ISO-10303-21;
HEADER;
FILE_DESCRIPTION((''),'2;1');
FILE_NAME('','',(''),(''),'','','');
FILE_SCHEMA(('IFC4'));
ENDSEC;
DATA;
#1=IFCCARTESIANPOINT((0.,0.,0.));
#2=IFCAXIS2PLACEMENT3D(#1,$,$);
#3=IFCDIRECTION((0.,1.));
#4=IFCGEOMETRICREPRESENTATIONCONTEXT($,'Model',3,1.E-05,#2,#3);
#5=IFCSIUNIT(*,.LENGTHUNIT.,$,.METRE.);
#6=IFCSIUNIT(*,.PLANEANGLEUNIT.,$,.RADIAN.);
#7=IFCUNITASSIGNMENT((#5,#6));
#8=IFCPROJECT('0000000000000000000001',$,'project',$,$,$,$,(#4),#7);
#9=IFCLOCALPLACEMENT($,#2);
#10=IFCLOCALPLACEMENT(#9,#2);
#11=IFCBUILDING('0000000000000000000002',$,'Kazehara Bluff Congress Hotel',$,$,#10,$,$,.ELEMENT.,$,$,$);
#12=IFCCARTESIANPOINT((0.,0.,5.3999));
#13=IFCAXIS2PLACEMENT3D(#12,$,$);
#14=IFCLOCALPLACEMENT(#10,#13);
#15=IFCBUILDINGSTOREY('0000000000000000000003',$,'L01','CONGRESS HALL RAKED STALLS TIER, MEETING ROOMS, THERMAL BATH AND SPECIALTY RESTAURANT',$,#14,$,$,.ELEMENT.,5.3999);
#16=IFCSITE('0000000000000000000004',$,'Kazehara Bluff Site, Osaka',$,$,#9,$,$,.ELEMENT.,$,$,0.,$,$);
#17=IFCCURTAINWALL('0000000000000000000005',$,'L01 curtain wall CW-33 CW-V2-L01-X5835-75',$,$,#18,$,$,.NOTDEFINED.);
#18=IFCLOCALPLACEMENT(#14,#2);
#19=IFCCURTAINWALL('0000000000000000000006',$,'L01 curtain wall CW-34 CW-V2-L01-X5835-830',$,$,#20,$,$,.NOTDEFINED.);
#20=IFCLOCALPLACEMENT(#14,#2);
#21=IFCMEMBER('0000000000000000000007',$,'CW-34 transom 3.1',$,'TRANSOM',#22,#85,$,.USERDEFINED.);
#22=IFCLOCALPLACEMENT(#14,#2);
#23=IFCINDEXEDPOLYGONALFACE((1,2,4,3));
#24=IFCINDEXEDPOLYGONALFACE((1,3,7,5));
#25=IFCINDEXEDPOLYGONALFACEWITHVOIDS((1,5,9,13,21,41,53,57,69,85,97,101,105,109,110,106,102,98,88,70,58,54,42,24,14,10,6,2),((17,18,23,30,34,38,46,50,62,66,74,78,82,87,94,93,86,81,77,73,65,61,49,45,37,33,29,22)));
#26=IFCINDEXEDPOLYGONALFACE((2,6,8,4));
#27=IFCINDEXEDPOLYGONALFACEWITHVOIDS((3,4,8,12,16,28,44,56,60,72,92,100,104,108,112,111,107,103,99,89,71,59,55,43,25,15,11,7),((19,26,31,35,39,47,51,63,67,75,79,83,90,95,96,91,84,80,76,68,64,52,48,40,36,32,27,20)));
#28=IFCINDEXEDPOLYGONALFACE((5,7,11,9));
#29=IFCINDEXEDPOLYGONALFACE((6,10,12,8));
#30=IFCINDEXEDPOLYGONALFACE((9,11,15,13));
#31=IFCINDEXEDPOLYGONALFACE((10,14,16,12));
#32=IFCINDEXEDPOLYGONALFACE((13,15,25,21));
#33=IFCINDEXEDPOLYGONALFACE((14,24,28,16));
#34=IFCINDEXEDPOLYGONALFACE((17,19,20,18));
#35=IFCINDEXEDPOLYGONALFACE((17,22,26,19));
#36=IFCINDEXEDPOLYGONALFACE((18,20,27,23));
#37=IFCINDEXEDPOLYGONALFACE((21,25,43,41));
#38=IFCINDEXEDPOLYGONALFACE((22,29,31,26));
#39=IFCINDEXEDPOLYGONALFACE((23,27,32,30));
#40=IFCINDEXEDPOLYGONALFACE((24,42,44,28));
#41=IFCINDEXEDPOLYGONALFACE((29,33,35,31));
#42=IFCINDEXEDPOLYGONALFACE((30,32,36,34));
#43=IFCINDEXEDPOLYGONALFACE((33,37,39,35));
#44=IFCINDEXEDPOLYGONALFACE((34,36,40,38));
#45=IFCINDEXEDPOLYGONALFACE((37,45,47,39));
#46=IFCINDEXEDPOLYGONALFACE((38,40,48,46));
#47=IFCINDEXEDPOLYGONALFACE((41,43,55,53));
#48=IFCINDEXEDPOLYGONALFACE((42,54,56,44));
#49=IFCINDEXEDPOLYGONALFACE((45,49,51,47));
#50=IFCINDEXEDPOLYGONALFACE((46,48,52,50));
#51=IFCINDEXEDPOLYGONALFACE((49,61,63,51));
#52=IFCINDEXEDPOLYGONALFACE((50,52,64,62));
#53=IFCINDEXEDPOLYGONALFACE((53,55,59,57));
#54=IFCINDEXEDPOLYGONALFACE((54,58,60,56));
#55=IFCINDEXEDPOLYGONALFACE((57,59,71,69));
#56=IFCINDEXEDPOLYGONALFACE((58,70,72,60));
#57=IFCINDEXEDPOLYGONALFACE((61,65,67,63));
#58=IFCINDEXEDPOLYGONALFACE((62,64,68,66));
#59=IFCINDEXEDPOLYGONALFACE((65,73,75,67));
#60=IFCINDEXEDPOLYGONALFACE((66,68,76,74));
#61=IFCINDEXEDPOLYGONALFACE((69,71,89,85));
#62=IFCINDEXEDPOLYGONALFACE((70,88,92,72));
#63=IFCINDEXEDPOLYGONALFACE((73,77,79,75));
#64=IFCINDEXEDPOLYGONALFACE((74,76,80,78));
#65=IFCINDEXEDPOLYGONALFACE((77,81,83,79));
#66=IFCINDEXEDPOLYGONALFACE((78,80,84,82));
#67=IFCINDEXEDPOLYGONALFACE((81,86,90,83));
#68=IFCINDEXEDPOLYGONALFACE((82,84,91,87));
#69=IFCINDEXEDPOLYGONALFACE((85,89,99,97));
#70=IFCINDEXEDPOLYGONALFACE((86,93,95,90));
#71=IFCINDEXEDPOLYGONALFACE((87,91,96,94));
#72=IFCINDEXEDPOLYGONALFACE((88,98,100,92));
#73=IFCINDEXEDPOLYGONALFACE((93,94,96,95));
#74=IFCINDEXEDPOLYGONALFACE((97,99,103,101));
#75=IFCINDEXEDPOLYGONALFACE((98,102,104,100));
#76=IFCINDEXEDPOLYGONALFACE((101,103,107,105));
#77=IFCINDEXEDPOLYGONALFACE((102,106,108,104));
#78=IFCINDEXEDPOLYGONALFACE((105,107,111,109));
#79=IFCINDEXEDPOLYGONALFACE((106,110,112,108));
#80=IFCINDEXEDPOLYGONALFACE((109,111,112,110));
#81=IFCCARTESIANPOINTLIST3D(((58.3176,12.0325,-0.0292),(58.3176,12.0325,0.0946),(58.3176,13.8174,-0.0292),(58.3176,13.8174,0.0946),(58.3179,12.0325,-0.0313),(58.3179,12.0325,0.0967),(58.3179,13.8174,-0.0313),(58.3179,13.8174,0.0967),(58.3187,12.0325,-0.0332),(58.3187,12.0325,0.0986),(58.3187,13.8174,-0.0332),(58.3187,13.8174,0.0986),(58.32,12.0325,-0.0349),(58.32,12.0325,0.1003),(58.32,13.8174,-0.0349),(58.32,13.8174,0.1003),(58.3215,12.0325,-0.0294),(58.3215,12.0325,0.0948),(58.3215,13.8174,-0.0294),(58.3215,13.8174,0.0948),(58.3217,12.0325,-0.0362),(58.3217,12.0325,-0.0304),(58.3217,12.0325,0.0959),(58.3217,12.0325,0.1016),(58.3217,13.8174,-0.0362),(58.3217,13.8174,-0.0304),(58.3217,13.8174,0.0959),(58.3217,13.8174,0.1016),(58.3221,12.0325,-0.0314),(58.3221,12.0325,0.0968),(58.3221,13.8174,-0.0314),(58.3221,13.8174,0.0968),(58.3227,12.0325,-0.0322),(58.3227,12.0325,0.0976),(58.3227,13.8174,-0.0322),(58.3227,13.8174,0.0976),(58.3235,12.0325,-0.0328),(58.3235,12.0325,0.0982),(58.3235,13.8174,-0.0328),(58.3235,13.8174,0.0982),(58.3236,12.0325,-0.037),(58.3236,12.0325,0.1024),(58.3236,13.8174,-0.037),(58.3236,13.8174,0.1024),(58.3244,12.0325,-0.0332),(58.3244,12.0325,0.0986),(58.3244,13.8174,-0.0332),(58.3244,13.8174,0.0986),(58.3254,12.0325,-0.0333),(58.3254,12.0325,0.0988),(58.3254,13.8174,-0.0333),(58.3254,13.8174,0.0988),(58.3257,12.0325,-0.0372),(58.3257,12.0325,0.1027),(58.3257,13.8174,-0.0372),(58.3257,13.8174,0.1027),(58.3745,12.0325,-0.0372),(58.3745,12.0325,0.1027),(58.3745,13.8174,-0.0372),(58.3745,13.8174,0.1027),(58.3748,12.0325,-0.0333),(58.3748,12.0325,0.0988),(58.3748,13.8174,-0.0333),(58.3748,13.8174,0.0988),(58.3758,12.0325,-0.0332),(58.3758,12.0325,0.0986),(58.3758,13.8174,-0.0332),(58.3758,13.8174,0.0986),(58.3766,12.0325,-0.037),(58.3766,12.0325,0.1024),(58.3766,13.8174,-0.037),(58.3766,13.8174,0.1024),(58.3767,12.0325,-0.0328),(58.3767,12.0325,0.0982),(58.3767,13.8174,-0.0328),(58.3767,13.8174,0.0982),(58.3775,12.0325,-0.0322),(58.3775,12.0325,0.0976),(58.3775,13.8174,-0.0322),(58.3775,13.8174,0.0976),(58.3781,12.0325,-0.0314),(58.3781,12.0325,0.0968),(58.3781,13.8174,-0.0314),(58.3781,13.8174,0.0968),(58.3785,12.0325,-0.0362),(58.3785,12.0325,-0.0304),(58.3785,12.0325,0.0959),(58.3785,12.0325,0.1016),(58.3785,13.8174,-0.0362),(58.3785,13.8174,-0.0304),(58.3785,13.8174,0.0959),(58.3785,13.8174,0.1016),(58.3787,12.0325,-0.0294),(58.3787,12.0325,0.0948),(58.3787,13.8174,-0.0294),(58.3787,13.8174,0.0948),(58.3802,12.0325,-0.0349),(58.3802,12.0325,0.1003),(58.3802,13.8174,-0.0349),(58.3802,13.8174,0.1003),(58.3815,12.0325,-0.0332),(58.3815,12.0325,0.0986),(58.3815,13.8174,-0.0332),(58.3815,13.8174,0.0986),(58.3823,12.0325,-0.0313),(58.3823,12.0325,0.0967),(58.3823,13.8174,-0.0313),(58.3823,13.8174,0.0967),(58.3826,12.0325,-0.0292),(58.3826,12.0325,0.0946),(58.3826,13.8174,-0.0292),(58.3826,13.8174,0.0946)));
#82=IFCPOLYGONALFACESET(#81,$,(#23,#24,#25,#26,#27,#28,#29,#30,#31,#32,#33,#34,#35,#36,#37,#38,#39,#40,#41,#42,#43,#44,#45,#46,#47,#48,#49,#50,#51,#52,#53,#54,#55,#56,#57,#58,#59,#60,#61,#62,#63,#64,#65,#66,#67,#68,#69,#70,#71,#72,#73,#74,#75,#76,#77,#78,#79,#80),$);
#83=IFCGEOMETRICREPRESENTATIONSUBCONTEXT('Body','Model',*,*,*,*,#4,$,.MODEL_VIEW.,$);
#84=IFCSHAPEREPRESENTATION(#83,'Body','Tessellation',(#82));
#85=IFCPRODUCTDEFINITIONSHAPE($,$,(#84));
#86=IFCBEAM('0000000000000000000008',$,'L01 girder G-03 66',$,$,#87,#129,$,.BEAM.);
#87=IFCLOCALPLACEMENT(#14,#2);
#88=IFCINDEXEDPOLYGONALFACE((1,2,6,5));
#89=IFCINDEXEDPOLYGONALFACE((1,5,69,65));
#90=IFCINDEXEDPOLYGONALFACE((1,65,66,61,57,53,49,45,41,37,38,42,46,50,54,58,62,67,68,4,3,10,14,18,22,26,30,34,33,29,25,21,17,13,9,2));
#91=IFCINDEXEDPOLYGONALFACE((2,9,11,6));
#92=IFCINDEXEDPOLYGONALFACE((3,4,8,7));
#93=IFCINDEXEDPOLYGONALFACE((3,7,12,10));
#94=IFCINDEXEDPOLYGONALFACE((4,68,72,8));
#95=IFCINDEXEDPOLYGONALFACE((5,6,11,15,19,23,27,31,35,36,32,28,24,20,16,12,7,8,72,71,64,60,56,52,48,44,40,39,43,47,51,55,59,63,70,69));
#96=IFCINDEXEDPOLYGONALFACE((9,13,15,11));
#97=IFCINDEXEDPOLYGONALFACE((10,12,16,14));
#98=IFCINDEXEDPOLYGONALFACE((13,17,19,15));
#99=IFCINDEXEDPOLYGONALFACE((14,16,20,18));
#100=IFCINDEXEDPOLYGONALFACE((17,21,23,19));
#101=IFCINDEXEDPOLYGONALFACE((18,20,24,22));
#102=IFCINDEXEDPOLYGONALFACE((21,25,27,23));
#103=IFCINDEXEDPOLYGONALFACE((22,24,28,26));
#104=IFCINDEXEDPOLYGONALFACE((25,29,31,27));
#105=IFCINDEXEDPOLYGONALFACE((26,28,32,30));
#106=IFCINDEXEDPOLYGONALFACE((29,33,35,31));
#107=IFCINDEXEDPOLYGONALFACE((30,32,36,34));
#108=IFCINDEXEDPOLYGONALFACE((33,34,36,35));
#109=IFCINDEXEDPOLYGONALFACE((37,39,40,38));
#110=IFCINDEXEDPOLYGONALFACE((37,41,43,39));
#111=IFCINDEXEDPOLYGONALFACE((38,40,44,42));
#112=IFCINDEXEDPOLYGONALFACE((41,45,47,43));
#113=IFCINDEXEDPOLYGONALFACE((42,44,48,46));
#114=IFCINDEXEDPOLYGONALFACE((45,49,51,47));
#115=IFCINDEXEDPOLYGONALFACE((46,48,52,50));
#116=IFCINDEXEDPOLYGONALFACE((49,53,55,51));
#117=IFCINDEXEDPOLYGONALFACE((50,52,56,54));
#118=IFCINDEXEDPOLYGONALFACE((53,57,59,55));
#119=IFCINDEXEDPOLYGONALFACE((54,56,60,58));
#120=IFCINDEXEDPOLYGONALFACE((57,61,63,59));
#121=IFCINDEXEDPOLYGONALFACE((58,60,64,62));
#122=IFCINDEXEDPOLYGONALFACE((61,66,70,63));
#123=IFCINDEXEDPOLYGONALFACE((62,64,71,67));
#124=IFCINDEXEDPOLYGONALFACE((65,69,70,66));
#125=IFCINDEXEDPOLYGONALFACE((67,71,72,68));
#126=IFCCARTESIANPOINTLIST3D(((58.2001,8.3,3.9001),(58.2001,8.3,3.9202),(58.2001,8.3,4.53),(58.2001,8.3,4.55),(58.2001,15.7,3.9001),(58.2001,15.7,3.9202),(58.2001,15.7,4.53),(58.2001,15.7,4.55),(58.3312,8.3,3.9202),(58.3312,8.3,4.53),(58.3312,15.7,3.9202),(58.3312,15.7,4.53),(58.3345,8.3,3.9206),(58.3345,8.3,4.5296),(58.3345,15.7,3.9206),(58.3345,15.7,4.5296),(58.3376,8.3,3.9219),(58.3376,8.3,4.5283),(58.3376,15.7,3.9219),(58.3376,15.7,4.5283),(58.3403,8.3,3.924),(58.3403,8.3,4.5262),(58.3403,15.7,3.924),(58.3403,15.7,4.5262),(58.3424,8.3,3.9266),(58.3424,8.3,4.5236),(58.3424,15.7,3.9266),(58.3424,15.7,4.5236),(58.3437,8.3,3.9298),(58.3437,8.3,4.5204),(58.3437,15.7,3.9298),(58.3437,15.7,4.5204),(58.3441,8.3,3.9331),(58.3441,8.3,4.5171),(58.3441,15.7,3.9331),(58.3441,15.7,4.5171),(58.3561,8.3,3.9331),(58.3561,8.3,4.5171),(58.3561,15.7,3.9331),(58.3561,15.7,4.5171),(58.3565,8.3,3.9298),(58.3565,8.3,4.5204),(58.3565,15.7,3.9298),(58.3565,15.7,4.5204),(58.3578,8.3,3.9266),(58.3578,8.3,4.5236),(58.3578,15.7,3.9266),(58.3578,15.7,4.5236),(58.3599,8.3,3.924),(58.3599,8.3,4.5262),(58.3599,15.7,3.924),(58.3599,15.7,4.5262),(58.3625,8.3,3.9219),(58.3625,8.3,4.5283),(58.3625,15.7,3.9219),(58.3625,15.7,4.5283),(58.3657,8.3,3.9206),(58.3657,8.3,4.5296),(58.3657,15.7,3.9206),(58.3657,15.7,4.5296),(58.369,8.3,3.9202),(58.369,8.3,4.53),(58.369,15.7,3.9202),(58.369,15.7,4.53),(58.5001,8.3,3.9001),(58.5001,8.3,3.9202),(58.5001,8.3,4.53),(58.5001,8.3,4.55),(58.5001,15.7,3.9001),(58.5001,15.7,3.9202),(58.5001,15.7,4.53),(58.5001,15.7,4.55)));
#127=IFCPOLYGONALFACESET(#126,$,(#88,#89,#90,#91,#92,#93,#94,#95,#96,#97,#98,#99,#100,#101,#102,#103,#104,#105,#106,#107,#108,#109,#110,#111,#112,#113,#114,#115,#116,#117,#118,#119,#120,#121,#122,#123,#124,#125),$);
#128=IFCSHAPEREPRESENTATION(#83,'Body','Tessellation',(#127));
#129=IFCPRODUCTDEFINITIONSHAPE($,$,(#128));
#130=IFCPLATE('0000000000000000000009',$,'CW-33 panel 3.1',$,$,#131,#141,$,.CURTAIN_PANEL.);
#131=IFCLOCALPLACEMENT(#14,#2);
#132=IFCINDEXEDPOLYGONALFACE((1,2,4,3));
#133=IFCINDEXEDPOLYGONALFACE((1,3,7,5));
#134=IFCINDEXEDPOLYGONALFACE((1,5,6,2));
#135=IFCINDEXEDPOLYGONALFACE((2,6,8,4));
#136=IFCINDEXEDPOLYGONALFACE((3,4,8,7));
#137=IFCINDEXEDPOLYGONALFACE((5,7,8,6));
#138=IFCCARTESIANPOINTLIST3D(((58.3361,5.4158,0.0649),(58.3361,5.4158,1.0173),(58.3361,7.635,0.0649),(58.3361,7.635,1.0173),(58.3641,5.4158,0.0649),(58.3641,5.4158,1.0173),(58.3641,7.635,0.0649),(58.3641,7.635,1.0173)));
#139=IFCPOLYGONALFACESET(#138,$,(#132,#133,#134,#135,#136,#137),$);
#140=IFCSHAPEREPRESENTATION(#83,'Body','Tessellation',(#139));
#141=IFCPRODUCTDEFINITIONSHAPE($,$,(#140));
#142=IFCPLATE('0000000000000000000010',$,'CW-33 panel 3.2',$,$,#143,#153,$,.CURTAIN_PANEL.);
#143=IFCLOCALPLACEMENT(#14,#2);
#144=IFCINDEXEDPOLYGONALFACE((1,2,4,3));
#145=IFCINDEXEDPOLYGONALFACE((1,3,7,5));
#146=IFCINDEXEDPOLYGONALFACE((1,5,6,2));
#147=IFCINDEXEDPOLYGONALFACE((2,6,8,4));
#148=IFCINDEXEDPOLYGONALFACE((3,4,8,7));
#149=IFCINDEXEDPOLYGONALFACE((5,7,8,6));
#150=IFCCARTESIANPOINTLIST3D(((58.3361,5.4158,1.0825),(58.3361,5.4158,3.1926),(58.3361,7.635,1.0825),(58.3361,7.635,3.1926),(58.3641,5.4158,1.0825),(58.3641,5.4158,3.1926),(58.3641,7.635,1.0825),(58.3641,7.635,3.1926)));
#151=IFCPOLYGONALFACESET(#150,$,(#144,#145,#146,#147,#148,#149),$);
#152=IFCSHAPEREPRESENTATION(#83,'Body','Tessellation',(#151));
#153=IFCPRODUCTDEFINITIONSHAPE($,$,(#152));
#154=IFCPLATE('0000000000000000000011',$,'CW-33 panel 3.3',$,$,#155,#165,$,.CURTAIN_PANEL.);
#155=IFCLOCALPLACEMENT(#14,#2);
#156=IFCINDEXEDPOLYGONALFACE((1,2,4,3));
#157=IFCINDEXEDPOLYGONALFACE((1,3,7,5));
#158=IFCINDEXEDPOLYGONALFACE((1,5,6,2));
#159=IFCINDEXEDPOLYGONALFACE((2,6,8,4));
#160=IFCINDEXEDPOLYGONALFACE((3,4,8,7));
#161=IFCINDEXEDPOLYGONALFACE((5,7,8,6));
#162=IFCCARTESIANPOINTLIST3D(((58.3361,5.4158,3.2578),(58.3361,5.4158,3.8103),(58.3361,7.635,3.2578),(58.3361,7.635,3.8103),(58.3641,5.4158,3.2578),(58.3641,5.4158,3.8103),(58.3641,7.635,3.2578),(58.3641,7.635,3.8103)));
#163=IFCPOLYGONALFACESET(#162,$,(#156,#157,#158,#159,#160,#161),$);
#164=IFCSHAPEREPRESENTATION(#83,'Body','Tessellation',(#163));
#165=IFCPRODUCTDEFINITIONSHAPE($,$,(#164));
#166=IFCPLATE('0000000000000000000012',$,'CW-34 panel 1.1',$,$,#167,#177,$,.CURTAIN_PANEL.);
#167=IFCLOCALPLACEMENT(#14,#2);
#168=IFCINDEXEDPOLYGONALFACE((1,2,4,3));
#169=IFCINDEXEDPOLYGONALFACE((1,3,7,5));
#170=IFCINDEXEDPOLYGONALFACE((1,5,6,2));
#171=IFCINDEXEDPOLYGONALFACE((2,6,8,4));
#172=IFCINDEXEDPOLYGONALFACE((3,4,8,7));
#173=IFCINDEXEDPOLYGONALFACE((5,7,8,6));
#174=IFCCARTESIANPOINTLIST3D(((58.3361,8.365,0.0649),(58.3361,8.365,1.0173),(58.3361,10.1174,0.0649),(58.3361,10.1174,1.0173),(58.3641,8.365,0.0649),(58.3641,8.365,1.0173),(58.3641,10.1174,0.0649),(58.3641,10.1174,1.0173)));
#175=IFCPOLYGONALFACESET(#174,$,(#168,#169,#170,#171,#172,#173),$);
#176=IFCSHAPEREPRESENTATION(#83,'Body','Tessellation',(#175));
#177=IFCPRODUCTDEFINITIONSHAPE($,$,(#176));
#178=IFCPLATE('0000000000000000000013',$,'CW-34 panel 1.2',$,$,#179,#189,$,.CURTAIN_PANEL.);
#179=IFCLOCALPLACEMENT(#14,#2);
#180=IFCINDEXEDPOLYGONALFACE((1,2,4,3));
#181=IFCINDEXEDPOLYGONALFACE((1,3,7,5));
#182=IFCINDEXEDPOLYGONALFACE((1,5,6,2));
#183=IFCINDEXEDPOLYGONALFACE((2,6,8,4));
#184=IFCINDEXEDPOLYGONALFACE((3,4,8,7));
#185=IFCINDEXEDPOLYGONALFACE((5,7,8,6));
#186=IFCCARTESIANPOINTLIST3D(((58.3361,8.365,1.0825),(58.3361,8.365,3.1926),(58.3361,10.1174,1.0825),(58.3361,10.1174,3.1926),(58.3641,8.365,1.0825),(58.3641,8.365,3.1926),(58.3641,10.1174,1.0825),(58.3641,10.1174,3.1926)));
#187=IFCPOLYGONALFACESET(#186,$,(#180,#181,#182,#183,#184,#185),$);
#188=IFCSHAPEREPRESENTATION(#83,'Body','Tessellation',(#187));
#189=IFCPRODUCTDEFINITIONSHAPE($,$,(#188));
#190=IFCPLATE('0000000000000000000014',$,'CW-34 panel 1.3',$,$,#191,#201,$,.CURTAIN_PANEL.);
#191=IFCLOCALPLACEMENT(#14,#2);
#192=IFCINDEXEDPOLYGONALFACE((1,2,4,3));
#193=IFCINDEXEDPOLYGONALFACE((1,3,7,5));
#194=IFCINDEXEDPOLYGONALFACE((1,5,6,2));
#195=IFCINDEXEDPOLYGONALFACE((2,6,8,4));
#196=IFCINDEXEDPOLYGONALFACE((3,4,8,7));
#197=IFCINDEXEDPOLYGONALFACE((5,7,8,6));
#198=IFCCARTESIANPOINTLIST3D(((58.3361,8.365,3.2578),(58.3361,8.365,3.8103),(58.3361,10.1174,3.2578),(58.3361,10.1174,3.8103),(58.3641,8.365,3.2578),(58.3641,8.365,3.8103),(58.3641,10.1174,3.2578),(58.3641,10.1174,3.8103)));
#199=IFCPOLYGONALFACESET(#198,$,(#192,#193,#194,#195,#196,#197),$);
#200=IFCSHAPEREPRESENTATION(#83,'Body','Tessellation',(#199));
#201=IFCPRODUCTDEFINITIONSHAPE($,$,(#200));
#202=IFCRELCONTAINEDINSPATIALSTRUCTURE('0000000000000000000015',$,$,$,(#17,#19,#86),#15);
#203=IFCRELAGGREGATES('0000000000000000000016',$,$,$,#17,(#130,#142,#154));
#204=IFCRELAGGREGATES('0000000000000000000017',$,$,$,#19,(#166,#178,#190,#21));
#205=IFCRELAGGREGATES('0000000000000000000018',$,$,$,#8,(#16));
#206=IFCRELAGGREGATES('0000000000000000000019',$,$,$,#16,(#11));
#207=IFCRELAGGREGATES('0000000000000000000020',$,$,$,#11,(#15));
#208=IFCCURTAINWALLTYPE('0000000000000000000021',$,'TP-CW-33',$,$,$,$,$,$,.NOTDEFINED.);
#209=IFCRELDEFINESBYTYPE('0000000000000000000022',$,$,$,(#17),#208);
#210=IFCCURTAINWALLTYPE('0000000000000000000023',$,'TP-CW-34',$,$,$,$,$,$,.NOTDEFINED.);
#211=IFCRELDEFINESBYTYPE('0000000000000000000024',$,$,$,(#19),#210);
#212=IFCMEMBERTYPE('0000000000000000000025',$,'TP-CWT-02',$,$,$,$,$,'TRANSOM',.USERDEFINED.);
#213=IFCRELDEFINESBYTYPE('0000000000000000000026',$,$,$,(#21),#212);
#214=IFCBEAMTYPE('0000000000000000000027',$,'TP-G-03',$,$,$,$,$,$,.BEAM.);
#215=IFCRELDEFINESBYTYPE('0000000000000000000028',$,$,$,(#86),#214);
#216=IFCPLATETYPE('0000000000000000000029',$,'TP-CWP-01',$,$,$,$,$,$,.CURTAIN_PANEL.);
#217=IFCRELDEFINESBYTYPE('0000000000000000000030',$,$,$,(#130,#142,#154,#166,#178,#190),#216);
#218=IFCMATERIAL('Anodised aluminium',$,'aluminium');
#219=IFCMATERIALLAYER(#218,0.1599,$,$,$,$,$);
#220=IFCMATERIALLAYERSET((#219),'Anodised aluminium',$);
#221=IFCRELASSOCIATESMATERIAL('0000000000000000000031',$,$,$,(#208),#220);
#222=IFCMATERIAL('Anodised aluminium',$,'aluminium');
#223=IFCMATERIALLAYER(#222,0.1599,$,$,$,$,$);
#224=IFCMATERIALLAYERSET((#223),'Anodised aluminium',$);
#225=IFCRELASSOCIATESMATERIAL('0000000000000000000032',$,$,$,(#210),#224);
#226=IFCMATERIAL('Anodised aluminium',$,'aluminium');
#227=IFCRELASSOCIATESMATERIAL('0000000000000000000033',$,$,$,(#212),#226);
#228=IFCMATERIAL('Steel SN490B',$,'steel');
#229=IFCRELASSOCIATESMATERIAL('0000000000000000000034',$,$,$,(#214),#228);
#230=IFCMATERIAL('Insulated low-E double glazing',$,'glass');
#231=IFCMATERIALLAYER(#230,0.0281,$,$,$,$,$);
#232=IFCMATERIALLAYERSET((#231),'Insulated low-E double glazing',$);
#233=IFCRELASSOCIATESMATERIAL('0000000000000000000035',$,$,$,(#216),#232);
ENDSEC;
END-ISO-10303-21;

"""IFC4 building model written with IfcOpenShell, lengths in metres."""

from ifc_helpers import new_model, si_unit, direction, frame, origin, origin_2d, place, context, subcontext, project, spatial, rectangle, hollow_rectangle, i_section, extrude, material, layer, layer_set, material_profile, profile_set, type_object, element, aggregate, save


model = new_model("IFC4")

# Units and contexts
model_context = context("Model", 3, precision=1e-05, world=origin(), true_north=direction((0.0, 1.0)))
body_context = subcontext(model_context, "Body", "Model", "MODEL_VIEW")
ifc_project = project(units=[si_unit("LENGTHUNIT", "METRE"), si_unit("PLANEANGLEUNIT", "RADIAN")], contexts=[model_context])

# Site, building, storey
site_placement = place(None, origin())
site = spatial("IfcSite", under=ifc_project, at=site_placement, Name="Kazehara Bluff Site, Osaka", CompositionType="ELEMENT", RefElevation=0.0)
building_placement = place(site_placement, origin())
building = spatial("IfcBuilding", under=site, at=building_placement, Name="Kazehara Bluff Congress Hotel", CompositionType="ELEMENT")
storey_placement = place(building_placement, frame((0.0, 0.0, 5.3999)))
storey = spatial("IfcBuildingStorey", under=building, at=storey_placement, Name="L01", Description="CONGRESS HALL RAKED STALLS TIER, MEETING ROOMS, THERMAL BATH AND SPECIALTY RESTAURANT", CompositionType="ELEMENT", Elevation=5.3999)

# Curtain walls
ifc_material_1 = material(Name="Anodised aluminium", Category="aluminium")
ifc_layer_1 = layer(ifc_material_1, 0.1599)
ifc_layer_set_1 = layer_set([ifc_layer_1], Name="Anodised aluminium")
curtain_wall_type_1 = type_object("IfcCurtainWallType", Name="TP-CW-33", PredefinedType="NOTDEFINED", material=ifc_layer_set_1)
curtain_wall_1_placement = place(storey_placement, origin())
curtain_wall_1 = element("IfcCurtainWall", 1, at=curtain_wall_1_placement, inside=storey, type_object=curtain_wall_type_1, Name="L01 curtain wall CW-33 CW-V2-L01-X5835-75", PredefinedType="NOTDEFINED")
ifc_material_2 = material(Name="Anodised aluminium", Category="aluminium")
ifc_layer_2 = layer(ifc_material_2, 0.1599)
ifc_layer_set_2 = layer_set([ifc_layer_2], Name="Anodised aluminium")
curtain_wall_type_2 = type_object("IfcCurtainWallType", Name="TP-CW-34", PredefinedType="NOTDEFINED", material=ifc_layer_set_2)
curtain_wall_2_placement = place(storey_placement, origin())
curtain_wall_2 = element("IfcCurtainWall", 2, at=curtain_wall_2_placement, inside=storey, type_object=curtain_wall_type_2, Name="L01 curtain wall CW-34 CW-V2-L01-X5835-830", PredefinedType="NOTDEFINED")

# Member
ifc_material_3 = material(Name="Anodised aluminium", Category="aluminium")
ifc_material_profile_1 = material_profile(ifc_material_3, hollow_rectangle(XDim=0.0649, YDim=0.1399, WallThickness=0.0039, InnerFilletRadius=0.0039, OuterFilletRadius=0.0081, at=origin_2d()))
ifc_profile_set_1 = profile_set([ifc_material_profile_1], Name="Anodised aluminium")
member_type_1 = type_object("IfcMemberType", Name="TP-CWT-02", ElementType="TRANSOM", PredefinedType="USERDEFINED", material=ifc_profile_set_1)
member_1_placement = place(storey_placement, frame((58.3501, 12.0325, 0.0327), z_axis=(0.0, 1.0, 0.0), x_axis=(-1.0, 0.0, 0.0)))
member_1 = element("IfcMember", 3, at=member_1_placement, type_object=member_type_1, Name="CW-34 transom 3.1", ObjectType="TRANSOM", PredefinedType="USERDEFINED", context=body_context, shape_type="SweptSolid", body=[
    extrude(hollow_rectangle(XDim=0.0649, YDim=0.1399, WallThickness=0.0039, InnerFilletRadius=0.0039, OuterFilletRadius=0.0081, at=origin_2d()), origin(), (0.0, 0.0, 1.0), 1.7849),
])

# Beam
ifc_material_4 = material(Name="Steel SN490B", Category="steel")
ifc_material_profile_2 = material_profile(ifc_material_4, i_section(OverallWidth=0.3, OverallDepth=0.6499, WebThickness=0.012, FlangeThickness=0.02, FilletRadius=0.0129, at=origin_2d()))
ifc_profile_set_2 = profile_set([ifc_material_profile_2], Name="Steel SN490B")
beam_type = type_object("IfcBeamType", Name="TP-G-03", PredefinedType="BEAM", material=ifc_profile_set_2)
beam_placement = place(storey_placement, frame((58.3501, 8.3, 4.2251), z_axis=(0.0, 1.0, 0.0), x_axis=(-1.0, 0.0, 0.0)))
element("IfcBeam", 4, at=beam_placement, inside=storey, type_object=beam_type, Name="L01 girder G-03 66", PredefinedType="BEAM", context=body_context, shape_type="SweptSolid", body=[
    extrude(i_section(OverallWidth=0.3, OverallDepth=0.6499, WebThickness=0.012, FlangeThickness=0.02, FilletRadius=0.0129, at=origin_2d()), origin(), (0.0, 0.0, 1.0), 7.3999),
])

# Plates
ifc_material_5 = material(Name="Insulated low-E double glazing", Category="glass")
ifc_layer_3 = layer(ifc_material_5, 0.0281)
ifc_layer_set_3 = layer_set([ifc_layer_3], Name="Insulated low-E double glazing")
plate_type = type_object("IfcPlateType", Name="TP-CWP-01", PredefinedType="CURTAIN_PANEL", material=ifc_layer_set_3)
plate_1_placement = place(storey_placement, frame((58.3501, 6.5254, 0.0649), z_axis=(0.0, 0.0, 1.0), x_axis=(0.0, 1.0, 0.0)))
plate_1 = element("IfcPlate", 5, at=plate_1_placement, type_object=plate_type, Name="CW-33 panel 3.1", PredefinedType="CURTAIN_PANEL", context=body_context, shape_type="SweptSolid", body=[
    extrude(rectangle(XDim=2.2192, YDim=0.0281, at=origin_2d()), origin(), (0.0, 0.0, 1.0), 0.9524),
])
plate_2_placement = place(storey_placement, frame((58.3501, 6.5254, 1.0825), z_axis=(0.0, 0.0, 1.0), x_axis=(0.0, 1.0, 0.0)))
plate_2 = element("IfcPlate", 6, at=plate_2_placement, type_object=plate_type, Name="CW-33 panel 3.2", PredefinedType="CURTAIN_PANEL", context=body_context, shape_type="SweptSolid", body=[
    extrude(rectangle(XDim=2.2192, YDim=0.0281, at=origin_2d()), origin(), (0.0, 0.0, 1.0), 2.1101),
])
plate_3_placement = place(storey_placement, frame((58.3501, 6.5254, 3.2578), z_axis=(0.0, 0.0, 1.0), x_axis=(0.0, 1.0, 0.0)))
plate_3 = element("IfcPlate", 7, at=plate_3_placement, type_object=plate_type, Name="CW-33 panel 3.3", PredefinedType="CURTAIN_PANEL", context=body_context, shape_type="SweptSolid", body=[
    extrude(rectangle(XDim=2.2192, YDim=0.0281, at=origin_2d()), origin(), (0.0, 0.0, 1.0), 0.5525),
])
aggregate(curtain_wall_1, [plate_1, plate_2, plate_3])
plate_4_placement = place(storey_placement, frame((58.3501, 9.2412, 0.0649), z_axis=(0.0, 0.0, 1.0), x_axis=(0.0, 1.0, 0.0)))
plate_4 = element("IfcPlate", 8, at=plate_4_placement, type_object=plate_type, Name="CW-34 panel 1.1", PredefinedType="CURTAIN_PANEL", context=body_context, shape_type="SweptSolid", body=[
    extrude(rectangle(XDim=1.7524, YDim=0.0281, at=origin_2d()), origin(), (0.0, 0.0, 1.0), 0.9524),
])
plate_5_placement = place(storey_placement, frame((58.3501, 9.2412, 1.0825), z_axis=(0.0, 0.0, 1.0), x_axis=(0.0, 1.0, 0.0)))
plate_5 = element("IfcPlate", 9, at=plate_5_placement, type_object=plate_type, Name="CW-34 panel 1.2", PredefinedType="CURTAIN_PANEL", context=body_context, shape_type="SweptSolid", body=[
    extrude(rectangle(XDim=1.7524, YDim=0.0281, at=origin_2d()), origin(), (0.0, 0.0, 1.0), 2.1101),
])
plate_6_placement = place(storey_placement, frame((58.3501, 9.2412, 3.2578), z_axis=(0.0, 0.0, 1.0), x_axis=(0.0, 1.0, 0.0)))
plate_6 = element("IfcPlate", 10, at=plate_6_placement, type_object=plate_type, Name="CW-34 panel 1.3", PredefinedType="CURTAIN_PANEL", context=body_context, shape_type="SweptSolid", body=[
    extrude(rectangle(XDim=1.7524, YDim=0.0281, at=origin_2d()), origin(), (0.0, 0.0, 1.0), 0.5525),
])
aggregate(curtain_wall_2, [plate_4, plate_5, plate_6, member_1])

save(model, "model.ifc")
